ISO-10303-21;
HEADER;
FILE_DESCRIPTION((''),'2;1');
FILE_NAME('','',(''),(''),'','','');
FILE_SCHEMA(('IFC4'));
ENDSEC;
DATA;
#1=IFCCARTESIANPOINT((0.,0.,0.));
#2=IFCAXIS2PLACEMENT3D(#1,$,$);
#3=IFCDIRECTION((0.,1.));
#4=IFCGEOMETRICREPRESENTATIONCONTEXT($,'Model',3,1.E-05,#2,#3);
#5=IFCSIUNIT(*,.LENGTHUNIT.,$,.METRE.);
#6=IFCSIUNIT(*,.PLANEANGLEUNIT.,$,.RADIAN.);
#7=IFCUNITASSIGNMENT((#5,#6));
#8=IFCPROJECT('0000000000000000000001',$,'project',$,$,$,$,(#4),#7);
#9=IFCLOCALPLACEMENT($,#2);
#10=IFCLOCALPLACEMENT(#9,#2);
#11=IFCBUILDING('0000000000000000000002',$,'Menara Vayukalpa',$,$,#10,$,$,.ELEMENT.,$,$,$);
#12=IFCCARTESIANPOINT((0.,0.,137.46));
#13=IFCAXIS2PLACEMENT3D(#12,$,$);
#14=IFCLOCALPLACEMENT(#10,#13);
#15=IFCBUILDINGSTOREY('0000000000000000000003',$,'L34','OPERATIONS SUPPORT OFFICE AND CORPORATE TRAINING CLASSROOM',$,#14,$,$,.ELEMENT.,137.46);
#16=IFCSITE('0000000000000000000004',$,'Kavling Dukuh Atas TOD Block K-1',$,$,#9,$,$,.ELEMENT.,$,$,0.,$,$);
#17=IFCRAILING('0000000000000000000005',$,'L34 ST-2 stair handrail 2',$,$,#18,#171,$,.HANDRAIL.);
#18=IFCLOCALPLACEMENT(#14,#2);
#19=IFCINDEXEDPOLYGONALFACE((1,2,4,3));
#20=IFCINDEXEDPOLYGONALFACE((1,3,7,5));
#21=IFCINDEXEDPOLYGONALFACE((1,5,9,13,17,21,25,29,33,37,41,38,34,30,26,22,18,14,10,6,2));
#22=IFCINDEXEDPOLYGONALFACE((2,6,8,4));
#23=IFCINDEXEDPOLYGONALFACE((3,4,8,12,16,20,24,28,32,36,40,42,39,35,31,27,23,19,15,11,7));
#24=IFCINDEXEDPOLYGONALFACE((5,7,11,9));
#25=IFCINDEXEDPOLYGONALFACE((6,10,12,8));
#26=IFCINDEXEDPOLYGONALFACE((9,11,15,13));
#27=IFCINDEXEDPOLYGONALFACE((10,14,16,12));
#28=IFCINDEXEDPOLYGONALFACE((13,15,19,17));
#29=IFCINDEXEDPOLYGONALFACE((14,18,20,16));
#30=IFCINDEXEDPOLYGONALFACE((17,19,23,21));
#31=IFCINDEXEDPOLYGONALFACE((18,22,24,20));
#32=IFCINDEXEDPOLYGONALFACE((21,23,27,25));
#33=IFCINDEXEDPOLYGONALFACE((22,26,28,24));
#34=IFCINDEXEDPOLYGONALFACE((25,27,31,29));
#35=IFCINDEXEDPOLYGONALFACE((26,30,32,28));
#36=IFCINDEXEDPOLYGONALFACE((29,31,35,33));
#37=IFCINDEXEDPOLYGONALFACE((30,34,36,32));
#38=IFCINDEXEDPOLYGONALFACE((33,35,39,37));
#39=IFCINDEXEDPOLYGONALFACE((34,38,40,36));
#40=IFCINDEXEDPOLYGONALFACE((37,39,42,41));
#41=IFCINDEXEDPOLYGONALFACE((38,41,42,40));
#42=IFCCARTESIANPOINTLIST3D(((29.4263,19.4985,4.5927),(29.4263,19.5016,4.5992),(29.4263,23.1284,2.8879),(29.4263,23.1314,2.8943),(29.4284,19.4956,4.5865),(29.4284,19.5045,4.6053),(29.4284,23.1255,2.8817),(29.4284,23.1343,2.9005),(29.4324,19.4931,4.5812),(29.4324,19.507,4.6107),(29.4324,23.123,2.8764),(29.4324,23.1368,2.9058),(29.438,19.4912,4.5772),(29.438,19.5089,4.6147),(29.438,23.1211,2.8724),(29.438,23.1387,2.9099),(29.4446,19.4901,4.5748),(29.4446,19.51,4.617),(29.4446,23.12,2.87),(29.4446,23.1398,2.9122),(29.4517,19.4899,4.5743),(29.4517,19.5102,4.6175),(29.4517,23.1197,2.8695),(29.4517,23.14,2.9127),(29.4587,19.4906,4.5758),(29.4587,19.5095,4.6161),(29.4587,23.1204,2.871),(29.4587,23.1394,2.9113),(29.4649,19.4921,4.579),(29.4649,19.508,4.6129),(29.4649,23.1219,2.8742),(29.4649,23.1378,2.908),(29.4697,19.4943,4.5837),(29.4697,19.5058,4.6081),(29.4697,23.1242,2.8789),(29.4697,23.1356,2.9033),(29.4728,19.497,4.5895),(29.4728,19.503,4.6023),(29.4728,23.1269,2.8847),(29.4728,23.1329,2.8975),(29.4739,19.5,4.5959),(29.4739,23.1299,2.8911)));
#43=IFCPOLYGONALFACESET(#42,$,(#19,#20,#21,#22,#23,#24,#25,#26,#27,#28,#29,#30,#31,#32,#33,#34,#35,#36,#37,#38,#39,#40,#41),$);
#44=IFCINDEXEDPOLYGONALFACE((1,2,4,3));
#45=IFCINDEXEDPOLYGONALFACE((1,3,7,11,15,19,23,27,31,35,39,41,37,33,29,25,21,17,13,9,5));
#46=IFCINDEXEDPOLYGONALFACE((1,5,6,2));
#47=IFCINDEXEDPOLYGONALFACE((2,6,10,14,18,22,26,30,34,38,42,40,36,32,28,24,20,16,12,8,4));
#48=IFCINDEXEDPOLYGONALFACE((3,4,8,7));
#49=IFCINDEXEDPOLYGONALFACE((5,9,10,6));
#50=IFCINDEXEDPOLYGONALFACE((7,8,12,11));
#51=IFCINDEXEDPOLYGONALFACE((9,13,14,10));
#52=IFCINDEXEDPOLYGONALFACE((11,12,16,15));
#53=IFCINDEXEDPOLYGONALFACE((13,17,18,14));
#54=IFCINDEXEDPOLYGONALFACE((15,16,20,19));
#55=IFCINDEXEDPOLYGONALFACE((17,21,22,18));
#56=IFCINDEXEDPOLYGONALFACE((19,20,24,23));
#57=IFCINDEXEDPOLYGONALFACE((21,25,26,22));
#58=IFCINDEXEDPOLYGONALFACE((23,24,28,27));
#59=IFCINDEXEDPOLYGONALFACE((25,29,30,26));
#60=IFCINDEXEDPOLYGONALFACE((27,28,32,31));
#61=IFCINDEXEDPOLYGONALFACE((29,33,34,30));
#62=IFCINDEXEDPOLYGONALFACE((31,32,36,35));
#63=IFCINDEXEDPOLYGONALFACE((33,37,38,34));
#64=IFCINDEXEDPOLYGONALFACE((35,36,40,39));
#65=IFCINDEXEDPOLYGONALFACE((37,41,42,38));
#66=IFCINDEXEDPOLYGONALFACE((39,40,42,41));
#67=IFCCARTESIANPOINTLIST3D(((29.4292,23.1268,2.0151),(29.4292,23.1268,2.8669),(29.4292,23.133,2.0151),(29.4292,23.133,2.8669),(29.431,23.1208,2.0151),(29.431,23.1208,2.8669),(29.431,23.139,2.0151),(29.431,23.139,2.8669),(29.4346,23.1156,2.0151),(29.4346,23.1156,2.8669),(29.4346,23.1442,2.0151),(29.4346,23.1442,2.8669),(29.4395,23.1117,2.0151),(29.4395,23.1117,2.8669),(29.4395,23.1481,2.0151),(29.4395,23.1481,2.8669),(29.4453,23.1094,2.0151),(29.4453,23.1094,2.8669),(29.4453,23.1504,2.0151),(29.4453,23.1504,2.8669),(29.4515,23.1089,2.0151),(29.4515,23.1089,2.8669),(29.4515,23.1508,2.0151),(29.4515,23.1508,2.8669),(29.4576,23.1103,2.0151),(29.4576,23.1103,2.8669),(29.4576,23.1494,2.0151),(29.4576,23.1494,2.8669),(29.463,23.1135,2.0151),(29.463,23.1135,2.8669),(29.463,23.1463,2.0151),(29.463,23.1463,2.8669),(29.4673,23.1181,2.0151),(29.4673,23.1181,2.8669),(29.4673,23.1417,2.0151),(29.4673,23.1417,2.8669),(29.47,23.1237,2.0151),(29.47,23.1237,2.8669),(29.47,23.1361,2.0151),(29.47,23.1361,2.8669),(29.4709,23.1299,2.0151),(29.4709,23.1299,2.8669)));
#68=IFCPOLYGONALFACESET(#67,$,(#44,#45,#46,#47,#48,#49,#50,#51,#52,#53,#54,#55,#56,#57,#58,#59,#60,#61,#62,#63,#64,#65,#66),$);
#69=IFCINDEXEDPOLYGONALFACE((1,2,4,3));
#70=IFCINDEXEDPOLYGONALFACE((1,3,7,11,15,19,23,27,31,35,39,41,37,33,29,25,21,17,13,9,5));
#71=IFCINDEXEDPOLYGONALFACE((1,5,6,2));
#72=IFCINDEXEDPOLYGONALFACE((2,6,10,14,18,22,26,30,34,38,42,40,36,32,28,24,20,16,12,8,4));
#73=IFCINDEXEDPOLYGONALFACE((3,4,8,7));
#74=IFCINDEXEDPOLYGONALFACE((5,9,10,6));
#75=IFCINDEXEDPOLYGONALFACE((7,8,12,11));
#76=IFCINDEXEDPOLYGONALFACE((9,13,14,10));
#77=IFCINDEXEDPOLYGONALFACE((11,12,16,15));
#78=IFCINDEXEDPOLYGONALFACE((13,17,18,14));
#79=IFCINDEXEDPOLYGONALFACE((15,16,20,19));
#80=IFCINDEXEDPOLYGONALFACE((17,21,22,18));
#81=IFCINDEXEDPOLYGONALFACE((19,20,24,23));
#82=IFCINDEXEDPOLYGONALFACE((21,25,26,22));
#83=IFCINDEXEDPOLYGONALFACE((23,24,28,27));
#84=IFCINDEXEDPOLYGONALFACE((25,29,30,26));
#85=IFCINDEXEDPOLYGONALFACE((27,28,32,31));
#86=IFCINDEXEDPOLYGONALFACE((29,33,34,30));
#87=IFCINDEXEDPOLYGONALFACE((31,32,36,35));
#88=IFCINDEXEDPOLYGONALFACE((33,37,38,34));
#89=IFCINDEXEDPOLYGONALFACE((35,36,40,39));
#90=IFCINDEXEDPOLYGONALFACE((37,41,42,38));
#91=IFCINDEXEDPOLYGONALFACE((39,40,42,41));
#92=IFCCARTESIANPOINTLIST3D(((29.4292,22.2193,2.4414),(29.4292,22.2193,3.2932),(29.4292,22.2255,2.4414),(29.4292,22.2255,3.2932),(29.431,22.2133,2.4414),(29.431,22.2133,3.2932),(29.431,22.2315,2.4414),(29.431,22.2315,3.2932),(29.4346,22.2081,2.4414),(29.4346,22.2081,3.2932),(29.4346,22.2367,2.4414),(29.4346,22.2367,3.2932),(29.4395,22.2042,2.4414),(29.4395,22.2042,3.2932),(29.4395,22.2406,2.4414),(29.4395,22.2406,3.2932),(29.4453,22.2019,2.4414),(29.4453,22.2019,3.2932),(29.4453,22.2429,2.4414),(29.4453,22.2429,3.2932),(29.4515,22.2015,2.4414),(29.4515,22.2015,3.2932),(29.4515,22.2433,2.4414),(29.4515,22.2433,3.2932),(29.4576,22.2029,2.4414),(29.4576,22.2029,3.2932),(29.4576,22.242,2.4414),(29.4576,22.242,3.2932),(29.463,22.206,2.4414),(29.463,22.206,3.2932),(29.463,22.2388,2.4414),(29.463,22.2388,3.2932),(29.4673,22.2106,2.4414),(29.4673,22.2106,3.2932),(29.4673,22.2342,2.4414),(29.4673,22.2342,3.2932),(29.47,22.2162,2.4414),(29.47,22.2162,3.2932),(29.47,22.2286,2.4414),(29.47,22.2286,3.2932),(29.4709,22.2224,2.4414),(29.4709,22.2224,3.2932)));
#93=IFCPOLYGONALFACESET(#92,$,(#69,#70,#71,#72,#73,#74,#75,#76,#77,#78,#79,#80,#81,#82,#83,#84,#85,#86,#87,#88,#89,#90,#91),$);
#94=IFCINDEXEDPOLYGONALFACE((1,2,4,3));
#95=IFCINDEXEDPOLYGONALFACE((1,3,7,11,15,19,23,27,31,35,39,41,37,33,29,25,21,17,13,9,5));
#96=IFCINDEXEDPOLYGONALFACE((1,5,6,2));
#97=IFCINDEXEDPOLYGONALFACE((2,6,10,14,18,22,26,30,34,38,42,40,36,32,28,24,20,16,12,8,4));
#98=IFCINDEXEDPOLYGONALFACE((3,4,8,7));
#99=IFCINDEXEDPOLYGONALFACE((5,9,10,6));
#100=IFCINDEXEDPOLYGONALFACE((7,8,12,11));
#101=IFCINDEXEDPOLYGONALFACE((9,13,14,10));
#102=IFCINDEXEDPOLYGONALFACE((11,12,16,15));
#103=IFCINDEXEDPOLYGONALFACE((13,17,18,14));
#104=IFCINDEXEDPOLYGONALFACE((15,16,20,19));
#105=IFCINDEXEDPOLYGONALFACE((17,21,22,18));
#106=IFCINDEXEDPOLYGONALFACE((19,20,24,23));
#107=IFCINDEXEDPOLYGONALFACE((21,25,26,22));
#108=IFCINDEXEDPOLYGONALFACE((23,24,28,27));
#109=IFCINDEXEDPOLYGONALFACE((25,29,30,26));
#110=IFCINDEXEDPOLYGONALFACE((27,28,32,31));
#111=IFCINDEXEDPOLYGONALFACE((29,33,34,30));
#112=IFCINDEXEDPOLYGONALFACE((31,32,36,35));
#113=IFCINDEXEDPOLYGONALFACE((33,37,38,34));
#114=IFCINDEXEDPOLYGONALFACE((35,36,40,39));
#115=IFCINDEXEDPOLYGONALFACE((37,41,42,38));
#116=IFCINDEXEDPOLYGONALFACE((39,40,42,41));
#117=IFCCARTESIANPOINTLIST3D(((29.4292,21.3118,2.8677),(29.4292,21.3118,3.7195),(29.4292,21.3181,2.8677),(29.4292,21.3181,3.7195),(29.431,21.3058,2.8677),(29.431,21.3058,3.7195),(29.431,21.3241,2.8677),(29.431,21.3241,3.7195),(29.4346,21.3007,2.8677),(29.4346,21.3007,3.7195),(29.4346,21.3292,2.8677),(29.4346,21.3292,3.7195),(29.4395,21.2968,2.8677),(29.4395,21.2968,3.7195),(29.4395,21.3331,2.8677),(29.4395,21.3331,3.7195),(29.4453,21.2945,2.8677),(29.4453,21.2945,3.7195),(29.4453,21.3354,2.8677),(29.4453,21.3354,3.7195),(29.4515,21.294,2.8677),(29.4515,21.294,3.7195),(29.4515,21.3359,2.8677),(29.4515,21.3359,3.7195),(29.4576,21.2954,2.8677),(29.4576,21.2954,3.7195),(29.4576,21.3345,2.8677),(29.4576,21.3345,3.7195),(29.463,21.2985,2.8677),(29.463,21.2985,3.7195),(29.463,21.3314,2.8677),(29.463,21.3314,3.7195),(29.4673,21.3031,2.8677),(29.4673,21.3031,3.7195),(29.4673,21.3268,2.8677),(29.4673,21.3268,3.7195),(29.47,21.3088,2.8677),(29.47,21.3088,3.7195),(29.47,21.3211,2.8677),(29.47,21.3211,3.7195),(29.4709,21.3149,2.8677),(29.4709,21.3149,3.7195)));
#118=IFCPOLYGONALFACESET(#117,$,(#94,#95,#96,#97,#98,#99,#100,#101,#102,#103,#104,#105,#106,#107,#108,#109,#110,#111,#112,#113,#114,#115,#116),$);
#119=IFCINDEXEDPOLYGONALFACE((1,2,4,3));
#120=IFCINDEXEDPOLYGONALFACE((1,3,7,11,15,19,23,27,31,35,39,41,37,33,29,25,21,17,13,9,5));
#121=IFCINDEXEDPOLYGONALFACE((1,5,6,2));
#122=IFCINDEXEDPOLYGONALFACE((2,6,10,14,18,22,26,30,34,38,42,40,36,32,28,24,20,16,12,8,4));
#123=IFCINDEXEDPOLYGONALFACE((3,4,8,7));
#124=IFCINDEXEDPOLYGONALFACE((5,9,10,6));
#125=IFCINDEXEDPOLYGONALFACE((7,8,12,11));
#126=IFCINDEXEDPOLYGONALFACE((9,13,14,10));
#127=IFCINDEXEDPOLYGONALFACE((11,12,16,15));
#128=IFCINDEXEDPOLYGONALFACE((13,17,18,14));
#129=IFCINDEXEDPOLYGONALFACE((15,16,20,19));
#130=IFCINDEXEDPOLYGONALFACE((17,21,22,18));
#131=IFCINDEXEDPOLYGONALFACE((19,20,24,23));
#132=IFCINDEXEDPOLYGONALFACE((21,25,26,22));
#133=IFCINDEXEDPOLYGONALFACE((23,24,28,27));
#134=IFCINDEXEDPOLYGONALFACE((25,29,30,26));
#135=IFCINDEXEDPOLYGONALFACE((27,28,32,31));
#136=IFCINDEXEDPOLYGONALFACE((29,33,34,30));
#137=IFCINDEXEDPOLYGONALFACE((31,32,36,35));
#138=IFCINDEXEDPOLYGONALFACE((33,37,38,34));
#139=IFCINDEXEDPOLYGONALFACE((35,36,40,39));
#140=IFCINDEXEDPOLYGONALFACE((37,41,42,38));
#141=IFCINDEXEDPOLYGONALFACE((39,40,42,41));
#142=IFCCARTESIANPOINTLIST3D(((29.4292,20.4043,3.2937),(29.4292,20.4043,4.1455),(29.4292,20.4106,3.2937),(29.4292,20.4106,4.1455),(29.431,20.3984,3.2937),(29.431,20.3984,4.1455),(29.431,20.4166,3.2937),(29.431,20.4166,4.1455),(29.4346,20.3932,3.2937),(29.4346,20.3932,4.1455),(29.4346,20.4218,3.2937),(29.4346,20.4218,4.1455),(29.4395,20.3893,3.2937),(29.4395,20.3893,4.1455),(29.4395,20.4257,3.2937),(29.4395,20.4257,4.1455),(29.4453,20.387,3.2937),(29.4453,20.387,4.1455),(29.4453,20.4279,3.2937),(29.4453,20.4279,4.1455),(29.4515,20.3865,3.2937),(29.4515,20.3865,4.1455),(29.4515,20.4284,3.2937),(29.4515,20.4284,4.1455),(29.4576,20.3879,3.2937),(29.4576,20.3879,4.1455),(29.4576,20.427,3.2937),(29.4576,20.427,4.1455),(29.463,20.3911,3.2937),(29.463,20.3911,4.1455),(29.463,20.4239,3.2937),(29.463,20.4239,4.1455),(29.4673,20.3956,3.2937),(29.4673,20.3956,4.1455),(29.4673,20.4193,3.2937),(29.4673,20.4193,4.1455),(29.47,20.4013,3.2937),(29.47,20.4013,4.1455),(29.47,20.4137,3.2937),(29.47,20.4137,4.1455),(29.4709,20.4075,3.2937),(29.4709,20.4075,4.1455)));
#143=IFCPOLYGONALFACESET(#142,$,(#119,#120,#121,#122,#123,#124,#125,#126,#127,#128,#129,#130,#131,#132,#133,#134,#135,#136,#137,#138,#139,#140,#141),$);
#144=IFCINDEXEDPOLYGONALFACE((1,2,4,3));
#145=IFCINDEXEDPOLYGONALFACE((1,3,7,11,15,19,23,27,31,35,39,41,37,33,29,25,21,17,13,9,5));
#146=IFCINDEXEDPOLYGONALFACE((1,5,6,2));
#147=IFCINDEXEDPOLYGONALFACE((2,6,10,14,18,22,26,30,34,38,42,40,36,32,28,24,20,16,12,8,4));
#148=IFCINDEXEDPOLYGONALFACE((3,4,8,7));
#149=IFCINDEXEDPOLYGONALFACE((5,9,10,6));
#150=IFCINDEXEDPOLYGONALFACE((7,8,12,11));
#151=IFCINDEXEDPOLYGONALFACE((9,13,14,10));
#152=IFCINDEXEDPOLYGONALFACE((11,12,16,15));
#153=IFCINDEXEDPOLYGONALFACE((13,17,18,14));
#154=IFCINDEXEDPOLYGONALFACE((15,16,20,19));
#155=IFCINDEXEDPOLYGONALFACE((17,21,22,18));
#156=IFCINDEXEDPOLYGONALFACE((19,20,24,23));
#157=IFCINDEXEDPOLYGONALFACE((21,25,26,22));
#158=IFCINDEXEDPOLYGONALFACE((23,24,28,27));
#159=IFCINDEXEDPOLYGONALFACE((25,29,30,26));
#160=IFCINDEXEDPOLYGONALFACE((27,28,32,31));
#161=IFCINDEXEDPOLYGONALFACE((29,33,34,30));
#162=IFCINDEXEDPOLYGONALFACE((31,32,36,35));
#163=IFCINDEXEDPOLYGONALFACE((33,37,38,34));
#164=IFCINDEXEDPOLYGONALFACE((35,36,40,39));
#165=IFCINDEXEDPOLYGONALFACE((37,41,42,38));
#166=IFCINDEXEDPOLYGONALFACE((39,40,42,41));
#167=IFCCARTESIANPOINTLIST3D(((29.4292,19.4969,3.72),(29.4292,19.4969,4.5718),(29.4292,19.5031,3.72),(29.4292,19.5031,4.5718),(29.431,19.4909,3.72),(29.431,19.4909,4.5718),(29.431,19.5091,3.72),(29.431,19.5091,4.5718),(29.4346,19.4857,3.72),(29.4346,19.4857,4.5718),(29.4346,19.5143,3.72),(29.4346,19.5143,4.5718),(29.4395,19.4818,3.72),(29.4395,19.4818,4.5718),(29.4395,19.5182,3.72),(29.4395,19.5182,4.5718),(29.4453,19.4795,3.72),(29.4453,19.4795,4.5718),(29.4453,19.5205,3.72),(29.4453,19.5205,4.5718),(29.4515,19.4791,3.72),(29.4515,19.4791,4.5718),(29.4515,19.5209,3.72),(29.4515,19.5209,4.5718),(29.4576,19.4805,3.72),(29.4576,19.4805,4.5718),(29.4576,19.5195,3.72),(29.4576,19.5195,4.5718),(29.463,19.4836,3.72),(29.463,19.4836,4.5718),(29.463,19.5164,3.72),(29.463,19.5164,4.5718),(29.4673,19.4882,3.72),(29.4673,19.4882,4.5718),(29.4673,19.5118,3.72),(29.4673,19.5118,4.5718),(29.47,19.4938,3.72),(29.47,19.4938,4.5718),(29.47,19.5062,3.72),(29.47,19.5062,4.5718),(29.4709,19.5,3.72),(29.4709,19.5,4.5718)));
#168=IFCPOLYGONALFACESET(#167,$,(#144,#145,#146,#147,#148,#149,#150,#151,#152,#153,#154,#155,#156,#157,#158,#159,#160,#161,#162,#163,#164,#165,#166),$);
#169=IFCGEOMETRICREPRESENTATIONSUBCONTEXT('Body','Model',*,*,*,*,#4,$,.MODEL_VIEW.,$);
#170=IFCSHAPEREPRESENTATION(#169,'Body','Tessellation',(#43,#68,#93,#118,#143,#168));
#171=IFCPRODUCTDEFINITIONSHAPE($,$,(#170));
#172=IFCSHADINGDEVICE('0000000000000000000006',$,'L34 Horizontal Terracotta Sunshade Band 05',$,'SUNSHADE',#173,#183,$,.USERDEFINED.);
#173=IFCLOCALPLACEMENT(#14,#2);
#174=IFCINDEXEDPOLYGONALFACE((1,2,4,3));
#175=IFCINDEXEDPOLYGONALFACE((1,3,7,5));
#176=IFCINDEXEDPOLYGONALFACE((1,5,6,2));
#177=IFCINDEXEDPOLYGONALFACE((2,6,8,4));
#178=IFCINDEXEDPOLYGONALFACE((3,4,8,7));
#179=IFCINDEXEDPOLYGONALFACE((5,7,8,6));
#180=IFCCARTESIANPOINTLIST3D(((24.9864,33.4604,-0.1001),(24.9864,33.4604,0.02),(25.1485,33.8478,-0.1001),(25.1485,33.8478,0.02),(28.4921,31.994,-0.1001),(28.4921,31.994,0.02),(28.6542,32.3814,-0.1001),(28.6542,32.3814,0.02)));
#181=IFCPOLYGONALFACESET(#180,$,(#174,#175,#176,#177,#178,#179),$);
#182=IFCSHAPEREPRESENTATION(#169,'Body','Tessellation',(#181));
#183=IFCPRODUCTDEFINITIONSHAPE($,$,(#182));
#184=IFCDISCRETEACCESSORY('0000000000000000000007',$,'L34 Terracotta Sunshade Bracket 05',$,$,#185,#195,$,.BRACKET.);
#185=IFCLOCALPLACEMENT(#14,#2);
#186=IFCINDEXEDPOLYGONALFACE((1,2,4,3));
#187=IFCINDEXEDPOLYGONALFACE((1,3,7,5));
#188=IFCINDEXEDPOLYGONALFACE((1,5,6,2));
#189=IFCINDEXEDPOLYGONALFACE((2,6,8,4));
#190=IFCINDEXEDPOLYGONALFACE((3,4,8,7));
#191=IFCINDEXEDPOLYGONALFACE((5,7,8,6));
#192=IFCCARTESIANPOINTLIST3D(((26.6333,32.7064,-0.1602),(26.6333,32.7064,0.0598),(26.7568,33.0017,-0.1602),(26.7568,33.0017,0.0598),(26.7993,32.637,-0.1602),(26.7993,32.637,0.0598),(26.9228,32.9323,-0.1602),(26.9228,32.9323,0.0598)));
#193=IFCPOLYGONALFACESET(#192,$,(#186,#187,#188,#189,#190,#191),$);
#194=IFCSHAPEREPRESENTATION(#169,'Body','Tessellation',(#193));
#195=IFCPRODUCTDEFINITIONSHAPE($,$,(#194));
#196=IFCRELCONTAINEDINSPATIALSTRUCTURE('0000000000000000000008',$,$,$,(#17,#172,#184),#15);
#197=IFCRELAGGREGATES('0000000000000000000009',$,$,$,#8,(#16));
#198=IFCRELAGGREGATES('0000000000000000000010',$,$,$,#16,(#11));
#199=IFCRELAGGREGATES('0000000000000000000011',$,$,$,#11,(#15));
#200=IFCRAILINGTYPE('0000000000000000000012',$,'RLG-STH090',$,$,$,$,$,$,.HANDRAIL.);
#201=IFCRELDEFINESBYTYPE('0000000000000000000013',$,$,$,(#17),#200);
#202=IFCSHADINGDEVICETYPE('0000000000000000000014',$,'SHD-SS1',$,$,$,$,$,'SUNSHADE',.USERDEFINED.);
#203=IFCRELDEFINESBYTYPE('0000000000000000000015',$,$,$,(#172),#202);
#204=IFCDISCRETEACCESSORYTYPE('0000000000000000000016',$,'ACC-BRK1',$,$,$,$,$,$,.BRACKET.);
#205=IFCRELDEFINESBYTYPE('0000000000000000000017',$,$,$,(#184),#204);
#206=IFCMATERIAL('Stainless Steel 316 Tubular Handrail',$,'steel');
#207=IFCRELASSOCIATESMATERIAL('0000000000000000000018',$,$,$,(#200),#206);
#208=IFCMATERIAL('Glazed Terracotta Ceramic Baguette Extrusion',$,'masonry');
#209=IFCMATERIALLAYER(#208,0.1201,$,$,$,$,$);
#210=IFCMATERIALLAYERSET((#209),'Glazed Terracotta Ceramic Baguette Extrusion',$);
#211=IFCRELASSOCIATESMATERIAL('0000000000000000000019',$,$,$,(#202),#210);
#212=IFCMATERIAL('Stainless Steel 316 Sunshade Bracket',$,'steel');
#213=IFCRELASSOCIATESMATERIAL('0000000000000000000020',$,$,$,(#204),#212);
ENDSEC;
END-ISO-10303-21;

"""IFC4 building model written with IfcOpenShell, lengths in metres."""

from ifc_helpers import new_model, si_unit, direction, frame, origin, origin_2d, place, context, subcontext, project, spatial, rectangle, circle, extrude, material, layer, layer_set, type_object, element, save


model = new_model("IFC4")

# Units and contexts
model_context = context("Model", 3, precision=1e-05, world=origin(), true_north=direction((0.0, 1.0)))
body_context = subcontext(model_context, "Body", "Model", "MODEL_VIEW")
ifc_project = project(units=[si_unit("LENGTHUNIT", "METRE"), si_unit("PLANEANGLEUNIT", "RADIAN")], contexts=[model_context])

# Site, building, storey
site_placement = place(None, origin())
site = spatial("IfcSite", under=ifc_project, at=site_placement, Name="Kavling Dukuh Atas TOD Block K-1", CompositionType="ELEMENT", RefElevation=0.0)
building_placement = place(site_placement, origin())
building = spatial("IfcBuilding", under=site, at=building_placement, Name="Menara Vayukalpa", CompositionType="ELEMENT")
storey_placement = place(building_placement, frame((0.0, 0.0, 137.46)))
storey = spatial("IfcBuildingStorey", under=building, at=storey_placement, Name="L34", Description="OPERATIONS SUPPORT OFFICE AND CORPORATE TRAINING CLASSROOM", CompositionType="ELEMENT", Elevation=137.46)

# Railing
ifc_material_1 = material(Name="Stainless Steel 316 Tubular Handrail", Category="steel")
railing_type = type_object("IfcRailingType", Name="RLG-STH090", PredefinedType="HANDRAIL", material=ifc_material_1)
railing_placement = place(storey_placement, frame((29.45, 23.1299, 2.0151)))
element("IfcRailing", 1, at=railing_placement, inside=storey, type_object=railing_type, Name="L34 ST-2 stair handrail 2", PredefinedType="HANDRAIL", context=body_context, shape_type="SweptSolid", body=[
    extrude(circle(Radius=0.0239, at=origin_2d()), frame((0.0, 0.0, 0.876), z_axis=(0.0, -0.90514, 0.425114), x_axis=(1.0, 0.0, 0.0)), (0.0, 0.0, 1.0), 4.0103),
    extrude(circle(Radius=0.021, at=origin_2d()), origin(), (0.0, 0.0, 1.0), 0.8518),
    extrude(circle(Radius=0.021, at=origin_2d()), frame((0.0, -0.9075, 0.4263)), (0.0, 0.0, 1.0), 0.8518),
    extrude(circle(Radius=0.021, at=origin_2d()), frame((0.0, -1.8149, 0.8525)), (0.0, 0.0, 1.0), 0.8518),
    extrude(circle(Radius=0.021, at=origin_2d()), frame((0.0, -2.7224, 1.2786)), (0.0, 0.0, 1.0), 0.8518),
    extrude(circle(Radius=0.021, at=origin_2d()), frame((0.0, -3.6299, 1.7048)), (0.0, 0.0, 1.0), 0.8518),
])

# Shading device
ifc_material_2 = material(Name="Glazed Terracotta Ceramic Baguette Extrusion", Category="masonry")
ifc_layer_1 = layer(ifc_material_2, 0.1201)
ifc_layer_set_1 = layer_set([ifc_layer_1], Name="Glazed Terracotta Ceramic Baguette Extrusion")
shading_device_type = type_object("IfcShadingDeviceType", Name="SHD-SS1", ElementType="SUNSHADE", PredefinedType="USERDEFINED", material=ifc_layer_set_1)
shading_device_placement = place(storey_placement, frame((26.8203, 32.9209, -0.1001), z_axis=(0.0, 0.0, 1.0), x_axis=(-0.922545, 0.38589, 0.0)))
element("IfcShadingDevice", 2, at=shading_device_placement, inside=storey, type_object=shading_device_type, Name="L34 Horizontal Terracotta Sunshade Band 05", ObjectType="SUNSHADE", PredefinedType="USERDEFINED", context=body_context, shape_type="SweptSolid", body=[
    extrude(rectangle(XDim=3.8, YDim=0.4199, at=origin_2d()), origin(), (0.0, 0.0, 1.0), 0.1201),
])

# Discrete accessory
ifc_material_3 = material(Name="Stainless Steel 316 Sunshade Bracket", Category="steel")
discrete_accessory_type = type_object("IfcDiscreteAccessoryType", Name="ACC-BRK1", PredefinedType="BRACKET", material=ifc_material_3)
discrete_accessory_placement = place(storey_placement, frame((26.7781, 32.8193, -0.1602), z_axis=(0.0, 0.0, 1.0), x_axis=(-0.922545, 0.38589, 0.0)))
element("IfcDiscreteAccessory", 3, at=discrete_accessory_placement, inside=storey, type_object=discrete_accessory_type, Name="L34 Terracotta Sunshade Bracket 05", PredefinedType="BRACKET", context=body_context, shape_type="SweptSolid", body=[
    extrude(rectangle(XDim=0.1799, YDim=0.3201, at=origin_2d()), origin(), (0.0, 0.0, 1.0), 0.22),
])

save(model, "model.ifc")
